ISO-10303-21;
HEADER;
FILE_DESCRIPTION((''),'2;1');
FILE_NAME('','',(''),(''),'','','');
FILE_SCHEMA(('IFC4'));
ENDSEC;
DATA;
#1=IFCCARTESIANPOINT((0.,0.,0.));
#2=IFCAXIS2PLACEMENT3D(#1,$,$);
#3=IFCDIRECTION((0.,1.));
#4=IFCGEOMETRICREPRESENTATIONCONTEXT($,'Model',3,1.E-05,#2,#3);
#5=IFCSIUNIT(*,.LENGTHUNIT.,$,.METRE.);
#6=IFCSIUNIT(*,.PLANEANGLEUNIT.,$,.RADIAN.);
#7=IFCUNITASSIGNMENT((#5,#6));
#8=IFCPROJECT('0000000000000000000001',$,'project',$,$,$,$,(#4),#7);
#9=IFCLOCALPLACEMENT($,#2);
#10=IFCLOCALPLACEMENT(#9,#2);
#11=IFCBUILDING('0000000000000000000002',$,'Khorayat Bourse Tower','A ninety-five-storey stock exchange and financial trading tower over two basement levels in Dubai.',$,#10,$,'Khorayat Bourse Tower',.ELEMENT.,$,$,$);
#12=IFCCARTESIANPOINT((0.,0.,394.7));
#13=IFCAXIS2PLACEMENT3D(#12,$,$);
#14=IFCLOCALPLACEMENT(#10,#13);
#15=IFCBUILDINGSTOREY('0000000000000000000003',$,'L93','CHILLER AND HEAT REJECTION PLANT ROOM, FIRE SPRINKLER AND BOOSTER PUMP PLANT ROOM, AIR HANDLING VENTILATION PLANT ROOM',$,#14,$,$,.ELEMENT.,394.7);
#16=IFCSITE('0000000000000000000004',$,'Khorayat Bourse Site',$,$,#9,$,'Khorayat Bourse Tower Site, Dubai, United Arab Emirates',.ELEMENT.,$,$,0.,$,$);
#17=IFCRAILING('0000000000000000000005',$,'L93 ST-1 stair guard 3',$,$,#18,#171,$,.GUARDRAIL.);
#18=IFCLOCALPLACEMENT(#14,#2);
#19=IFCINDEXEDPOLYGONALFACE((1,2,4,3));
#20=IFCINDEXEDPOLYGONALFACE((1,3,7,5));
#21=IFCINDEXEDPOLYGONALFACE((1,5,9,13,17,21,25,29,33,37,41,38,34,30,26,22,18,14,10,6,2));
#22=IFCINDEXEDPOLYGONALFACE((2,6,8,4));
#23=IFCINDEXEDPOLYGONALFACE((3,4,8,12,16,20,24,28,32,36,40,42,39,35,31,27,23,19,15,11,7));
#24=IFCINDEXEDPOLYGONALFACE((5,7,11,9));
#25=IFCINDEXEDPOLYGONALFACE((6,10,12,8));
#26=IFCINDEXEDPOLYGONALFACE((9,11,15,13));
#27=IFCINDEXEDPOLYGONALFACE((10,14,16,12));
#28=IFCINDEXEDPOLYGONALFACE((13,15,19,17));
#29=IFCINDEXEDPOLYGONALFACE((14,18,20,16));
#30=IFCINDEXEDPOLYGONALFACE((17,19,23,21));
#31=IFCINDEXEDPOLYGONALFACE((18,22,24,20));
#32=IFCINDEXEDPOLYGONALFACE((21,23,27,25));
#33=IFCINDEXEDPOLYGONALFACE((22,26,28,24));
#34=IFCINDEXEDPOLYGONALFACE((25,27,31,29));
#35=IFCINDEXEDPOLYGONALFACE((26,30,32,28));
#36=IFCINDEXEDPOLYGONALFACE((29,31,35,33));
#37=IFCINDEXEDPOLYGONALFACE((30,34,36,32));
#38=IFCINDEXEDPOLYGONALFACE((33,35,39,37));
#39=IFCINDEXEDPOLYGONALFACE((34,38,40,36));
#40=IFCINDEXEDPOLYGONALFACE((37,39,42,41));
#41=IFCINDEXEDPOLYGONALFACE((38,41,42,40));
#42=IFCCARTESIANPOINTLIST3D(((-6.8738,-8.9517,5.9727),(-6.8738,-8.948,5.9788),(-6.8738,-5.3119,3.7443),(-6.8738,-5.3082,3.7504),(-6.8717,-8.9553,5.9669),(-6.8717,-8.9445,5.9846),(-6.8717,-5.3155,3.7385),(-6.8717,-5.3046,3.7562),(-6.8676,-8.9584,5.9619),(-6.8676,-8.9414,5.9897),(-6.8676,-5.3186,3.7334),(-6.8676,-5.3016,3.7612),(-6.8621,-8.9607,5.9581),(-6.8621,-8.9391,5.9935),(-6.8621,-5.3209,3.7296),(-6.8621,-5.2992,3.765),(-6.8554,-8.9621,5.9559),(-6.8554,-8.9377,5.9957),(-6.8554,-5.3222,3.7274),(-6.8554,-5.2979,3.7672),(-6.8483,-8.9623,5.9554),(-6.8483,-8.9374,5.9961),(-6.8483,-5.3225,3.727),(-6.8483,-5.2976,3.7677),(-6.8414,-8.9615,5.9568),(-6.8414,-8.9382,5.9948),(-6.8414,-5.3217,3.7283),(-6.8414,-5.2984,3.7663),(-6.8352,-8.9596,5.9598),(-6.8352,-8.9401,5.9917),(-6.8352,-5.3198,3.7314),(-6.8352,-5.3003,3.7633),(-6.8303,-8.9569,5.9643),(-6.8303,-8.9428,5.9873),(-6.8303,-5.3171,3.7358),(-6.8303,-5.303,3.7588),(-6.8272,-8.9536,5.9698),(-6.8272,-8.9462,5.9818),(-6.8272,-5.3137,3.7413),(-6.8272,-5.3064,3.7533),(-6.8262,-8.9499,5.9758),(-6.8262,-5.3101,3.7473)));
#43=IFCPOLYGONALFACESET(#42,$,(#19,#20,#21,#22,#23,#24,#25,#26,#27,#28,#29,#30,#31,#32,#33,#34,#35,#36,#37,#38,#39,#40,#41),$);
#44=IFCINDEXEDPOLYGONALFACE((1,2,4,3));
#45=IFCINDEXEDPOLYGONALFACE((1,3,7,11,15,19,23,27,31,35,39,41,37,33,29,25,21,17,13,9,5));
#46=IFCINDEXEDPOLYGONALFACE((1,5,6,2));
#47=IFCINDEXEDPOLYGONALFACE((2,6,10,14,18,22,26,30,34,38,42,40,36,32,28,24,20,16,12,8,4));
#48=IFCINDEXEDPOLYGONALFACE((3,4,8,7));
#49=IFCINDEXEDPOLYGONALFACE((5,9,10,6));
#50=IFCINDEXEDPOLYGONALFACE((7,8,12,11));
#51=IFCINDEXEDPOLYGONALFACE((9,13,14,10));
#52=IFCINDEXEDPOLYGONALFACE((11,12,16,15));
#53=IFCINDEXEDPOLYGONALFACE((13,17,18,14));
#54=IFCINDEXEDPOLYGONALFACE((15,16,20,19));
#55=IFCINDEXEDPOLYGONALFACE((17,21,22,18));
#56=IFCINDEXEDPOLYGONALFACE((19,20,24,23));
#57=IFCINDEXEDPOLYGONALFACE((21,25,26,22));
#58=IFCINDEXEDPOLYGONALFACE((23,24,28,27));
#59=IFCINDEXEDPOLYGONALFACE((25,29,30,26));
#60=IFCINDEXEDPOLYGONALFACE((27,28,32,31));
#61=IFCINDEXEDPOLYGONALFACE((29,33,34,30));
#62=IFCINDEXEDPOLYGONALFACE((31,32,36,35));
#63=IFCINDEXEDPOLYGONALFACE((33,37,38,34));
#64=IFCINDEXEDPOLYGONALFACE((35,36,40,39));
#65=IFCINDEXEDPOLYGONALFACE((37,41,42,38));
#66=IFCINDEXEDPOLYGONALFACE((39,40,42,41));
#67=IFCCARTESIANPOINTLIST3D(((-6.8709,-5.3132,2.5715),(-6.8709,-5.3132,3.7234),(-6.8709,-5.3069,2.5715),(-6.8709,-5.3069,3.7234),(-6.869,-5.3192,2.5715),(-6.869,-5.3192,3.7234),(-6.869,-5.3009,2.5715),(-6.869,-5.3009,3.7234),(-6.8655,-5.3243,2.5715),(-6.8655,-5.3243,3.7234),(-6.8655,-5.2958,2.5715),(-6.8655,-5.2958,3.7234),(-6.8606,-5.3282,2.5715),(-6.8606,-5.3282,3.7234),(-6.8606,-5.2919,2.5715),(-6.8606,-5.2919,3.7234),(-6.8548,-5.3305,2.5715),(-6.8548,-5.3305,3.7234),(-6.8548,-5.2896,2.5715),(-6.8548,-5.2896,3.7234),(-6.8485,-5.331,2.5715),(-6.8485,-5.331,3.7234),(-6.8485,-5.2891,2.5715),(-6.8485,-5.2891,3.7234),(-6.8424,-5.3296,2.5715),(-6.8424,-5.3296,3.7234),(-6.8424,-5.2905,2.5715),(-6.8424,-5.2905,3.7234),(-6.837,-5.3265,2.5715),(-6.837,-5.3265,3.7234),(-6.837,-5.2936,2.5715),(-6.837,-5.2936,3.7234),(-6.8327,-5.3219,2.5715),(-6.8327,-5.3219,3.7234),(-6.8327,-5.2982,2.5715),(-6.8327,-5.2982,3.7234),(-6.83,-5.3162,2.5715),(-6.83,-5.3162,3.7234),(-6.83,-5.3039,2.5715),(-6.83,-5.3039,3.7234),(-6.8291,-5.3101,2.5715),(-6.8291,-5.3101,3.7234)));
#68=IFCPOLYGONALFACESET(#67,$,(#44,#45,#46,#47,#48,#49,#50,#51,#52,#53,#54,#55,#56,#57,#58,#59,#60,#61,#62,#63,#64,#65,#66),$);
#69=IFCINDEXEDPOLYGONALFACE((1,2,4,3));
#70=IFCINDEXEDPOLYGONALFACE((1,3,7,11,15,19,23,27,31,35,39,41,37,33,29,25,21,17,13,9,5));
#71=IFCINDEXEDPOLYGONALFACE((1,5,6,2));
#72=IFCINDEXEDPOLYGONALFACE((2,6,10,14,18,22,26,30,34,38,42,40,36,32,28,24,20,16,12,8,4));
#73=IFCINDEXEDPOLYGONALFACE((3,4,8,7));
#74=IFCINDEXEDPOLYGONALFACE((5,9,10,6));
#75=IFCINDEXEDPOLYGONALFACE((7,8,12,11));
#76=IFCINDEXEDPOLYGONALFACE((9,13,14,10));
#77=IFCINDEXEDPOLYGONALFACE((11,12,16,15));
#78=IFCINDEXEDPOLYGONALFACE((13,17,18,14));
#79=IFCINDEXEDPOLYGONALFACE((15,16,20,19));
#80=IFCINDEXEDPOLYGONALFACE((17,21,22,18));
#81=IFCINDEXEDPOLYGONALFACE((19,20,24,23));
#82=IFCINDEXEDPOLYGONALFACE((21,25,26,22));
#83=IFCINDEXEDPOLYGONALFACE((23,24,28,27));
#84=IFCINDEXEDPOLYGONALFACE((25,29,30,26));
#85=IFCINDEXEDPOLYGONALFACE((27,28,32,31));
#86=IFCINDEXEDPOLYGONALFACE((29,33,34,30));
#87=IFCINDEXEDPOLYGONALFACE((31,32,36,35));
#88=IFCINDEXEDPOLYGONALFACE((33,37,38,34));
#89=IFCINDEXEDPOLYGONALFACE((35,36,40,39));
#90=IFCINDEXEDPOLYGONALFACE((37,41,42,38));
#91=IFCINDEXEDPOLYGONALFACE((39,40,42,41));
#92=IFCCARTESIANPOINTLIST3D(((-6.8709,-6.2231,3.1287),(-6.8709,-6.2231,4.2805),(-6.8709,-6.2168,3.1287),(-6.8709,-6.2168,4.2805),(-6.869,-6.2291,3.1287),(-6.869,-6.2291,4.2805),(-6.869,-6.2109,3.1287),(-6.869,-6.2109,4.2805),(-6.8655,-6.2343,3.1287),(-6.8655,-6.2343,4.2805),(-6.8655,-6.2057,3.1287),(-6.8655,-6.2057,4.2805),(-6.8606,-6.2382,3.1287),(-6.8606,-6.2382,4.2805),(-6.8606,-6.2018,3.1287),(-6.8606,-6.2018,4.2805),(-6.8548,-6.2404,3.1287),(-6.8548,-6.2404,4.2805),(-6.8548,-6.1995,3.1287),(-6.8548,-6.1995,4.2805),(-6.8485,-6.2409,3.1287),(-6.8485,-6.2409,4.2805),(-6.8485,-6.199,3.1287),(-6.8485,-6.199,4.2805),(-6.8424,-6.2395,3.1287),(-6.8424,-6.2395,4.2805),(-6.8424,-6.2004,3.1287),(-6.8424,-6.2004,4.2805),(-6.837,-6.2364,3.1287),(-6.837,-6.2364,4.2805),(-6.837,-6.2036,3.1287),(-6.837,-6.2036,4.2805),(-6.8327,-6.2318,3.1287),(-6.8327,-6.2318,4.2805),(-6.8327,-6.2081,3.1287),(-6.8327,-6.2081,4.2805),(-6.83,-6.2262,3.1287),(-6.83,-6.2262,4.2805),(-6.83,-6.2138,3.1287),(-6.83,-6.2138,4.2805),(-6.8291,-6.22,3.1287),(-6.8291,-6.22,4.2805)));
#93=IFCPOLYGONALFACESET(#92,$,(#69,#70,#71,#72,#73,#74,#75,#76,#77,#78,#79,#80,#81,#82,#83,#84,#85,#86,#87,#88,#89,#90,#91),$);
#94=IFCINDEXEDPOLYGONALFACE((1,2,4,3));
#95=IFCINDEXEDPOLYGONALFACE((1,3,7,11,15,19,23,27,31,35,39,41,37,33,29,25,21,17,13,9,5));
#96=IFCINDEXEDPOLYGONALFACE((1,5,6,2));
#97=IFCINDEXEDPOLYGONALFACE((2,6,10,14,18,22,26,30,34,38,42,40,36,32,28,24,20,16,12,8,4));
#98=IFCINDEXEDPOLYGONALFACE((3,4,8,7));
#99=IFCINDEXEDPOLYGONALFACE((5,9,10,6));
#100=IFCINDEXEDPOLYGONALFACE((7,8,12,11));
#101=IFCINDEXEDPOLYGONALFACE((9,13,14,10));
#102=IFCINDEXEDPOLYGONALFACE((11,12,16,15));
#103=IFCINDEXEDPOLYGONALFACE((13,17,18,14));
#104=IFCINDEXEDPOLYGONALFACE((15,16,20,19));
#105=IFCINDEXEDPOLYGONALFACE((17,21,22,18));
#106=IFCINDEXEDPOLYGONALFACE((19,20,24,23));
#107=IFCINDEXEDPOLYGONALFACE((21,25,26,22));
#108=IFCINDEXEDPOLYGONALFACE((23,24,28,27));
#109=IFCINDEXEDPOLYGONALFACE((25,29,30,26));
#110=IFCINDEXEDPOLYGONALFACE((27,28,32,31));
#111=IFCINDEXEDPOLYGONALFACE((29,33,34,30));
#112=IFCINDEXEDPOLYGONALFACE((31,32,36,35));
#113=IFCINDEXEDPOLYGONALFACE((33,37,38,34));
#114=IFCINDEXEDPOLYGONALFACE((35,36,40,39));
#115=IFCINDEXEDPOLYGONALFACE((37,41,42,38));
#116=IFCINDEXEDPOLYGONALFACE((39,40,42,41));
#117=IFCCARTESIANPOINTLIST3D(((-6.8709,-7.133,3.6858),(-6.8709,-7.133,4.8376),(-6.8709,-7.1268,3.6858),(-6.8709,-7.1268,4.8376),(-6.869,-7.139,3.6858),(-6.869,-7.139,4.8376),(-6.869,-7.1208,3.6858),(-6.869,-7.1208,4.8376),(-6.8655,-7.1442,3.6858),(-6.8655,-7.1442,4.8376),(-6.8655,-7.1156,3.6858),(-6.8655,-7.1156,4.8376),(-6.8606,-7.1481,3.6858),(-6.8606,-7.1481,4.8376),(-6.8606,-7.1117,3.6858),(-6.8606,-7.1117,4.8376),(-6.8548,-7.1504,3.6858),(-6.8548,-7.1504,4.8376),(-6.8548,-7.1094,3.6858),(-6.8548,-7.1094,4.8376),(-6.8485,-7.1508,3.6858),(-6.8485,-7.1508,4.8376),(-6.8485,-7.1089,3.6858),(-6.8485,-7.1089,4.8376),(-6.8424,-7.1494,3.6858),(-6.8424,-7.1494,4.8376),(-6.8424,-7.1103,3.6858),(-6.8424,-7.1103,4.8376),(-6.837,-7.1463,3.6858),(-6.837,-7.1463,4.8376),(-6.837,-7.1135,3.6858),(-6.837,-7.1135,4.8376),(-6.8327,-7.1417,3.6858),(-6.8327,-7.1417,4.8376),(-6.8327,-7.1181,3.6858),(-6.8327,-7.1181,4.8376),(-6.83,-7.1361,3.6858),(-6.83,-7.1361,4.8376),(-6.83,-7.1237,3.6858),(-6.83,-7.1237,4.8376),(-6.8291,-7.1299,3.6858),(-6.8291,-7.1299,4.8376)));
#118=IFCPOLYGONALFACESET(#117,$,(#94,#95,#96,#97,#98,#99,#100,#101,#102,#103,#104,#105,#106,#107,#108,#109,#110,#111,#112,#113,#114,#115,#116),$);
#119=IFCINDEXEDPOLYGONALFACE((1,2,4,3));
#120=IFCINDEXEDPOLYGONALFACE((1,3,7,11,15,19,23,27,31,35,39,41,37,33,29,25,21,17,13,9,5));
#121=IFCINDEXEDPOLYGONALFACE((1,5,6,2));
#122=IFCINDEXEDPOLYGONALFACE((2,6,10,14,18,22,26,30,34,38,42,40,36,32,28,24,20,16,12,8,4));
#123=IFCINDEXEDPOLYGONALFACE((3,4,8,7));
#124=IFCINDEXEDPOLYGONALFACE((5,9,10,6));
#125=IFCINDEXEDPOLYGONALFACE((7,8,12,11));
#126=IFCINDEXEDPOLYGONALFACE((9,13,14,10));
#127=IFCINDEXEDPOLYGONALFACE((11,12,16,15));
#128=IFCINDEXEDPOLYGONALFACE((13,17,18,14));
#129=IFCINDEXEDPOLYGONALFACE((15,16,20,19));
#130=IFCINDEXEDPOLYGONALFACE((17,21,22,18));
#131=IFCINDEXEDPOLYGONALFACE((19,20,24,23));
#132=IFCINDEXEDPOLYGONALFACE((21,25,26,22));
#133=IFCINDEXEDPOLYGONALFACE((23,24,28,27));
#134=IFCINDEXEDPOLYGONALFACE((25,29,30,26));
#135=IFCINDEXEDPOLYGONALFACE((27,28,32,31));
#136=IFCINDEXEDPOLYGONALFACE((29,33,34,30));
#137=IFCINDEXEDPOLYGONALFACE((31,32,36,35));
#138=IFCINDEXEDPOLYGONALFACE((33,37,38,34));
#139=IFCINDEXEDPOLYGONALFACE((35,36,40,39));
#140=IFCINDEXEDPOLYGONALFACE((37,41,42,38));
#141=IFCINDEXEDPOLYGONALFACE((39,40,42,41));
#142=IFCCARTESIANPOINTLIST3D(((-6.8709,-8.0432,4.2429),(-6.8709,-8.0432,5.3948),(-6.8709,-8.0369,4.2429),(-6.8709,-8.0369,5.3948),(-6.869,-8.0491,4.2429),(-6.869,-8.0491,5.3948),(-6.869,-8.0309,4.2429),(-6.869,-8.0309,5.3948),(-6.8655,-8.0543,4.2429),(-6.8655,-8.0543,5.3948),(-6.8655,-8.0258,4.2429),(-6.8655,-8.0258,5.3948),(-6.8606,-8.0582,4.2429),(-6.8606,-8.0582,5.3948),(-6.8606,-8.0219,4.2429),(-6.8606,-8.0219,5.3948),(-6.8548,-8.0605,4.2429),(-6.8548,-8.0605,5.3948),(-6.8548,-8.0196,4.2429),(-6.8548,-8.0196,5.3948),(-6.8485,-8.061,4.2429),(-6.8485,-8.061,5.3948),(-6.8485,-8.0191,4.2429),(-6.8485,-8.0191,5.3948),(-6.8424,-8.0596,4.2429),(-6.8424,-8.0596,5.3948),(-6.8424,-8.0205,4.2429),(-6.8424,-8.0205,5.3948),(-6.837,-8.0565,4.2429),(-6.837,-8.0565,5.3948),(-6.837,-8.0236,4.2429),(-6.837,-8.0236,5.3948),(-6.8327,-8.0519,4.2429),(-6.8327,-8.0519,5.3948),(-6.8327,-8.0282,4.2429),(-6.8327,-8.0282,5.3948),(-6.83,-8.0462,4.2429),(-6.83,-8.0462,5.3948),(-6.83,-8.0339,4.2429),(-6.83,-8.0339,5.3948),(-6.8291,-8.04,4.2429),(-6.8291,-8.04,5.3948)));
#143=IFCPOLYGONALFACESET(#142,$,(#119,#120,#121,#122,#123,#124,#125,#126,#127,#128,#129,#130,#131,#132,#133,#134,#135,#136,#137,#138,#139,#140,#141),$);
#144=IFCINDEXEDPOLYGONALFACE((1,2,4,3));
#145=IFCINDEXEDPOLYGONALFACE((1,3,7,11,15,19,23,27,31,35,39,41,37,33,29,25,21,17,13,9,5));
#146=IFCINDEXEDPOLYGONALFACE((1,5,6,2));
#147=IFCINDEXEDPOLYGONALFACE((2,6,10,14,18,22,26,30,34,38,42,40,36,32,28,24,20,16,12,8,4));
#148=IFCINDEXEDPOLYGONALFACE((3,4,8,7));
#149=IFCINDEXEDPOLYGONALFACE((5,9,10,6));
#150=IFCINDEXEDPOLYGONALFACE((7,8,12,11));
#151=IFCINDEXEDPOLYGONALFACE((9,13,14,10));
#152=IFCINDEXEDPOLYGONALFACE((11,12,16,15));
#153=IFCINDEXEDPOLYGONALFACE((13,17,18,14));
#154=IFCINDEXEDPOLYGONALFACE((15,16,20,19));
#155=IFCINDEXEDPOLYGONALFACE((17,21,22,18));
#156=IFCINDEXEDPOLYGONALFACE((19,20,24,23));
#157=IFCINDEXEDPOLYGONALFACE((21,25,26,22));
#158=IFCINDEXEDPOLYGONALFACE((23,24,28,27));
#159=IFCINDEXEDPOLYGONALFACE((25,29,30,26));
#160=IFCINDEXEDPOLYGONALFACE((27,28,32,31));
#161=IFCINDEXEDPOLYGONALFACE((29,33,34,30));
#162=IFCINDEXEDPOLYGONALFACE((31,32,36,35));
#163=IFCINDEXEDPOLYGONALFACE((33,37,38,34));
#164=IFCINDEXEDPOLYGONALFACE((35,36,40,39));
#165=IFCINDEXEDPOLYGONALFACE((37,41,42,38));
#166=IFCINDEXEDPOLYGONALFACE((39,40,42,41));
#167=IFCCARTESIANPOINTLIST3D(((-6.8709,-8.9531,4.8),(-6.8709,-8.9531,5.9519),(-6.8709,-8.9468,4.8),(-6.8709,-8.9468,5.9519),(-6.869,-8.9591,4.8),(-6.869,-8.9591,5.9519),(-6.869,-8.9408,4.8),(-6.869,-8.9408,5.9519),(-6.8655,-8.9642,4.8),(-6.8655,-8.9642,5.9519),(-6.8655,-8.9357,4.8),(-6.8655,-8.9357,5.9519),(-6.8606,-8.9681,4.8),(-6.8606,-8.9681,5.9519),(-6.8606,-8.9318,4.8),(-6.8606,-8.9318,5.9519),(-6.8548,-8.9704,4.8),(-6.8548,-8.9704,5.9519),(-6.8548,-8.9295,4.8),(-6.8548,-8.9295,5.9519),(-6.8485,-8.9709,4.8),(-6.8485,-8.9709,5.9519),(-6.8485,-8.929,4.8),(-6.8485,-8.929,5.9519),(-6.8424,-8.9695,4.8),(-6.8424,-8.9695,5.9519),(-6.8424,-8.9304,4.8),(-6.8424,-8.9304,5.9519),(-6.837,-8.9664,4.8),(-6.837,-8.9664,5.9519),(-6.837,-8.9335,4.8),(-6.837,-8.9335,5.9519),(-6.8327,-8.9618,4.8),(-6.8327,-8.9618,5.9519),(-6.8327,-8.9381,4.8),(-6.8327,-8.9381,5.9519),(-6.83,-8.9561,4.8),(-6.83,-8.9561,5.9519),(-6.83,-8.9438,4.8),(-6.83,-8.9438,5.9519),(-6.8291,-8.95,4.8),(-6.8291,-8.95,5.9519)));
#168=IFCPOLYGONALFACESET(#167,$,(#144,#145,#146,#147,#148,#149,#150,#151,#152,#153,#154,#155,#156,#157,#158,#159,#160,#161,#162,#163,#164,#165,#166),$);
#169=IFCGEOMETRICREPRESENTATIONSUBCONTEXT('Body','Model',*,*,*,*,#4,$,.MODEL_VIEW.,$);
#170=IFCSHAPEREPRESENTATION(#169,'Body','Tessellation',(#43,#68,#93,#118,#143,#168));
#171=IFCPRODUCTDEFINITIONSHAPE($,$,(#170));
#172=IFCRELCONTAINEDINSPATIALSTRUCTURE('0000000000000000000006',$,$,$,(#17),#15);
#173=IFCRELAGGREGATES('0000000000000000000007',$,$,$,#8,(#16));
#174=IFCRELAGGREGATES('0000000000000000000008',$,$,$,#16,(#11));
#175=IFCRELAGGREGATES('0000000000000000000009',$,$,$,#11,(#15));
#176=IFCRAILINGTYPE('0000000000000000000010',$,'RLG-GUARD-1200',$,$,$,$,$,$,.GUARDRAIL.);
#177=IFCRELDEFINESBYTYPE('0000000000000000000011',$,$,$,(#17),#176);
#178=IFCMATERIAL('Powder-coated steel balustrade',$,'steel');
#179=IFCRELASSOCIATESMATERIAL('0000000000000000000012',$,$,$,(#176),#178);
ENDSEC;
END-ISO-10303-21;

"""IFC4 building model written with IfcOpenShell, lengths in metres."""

from ifc_helpers import new_model, si_unit, direction, frame, origin, origin_2d, place, context, subcontext, project, spatial, circle, extrude, source, transform, mapped, material, type_object, element, save


model = new_model("IFC4")

# Units and contexts
model_context = context("Model", 3, precision=1e-05, world=origin(), true_north=direction((0.0, 1.0)))
body_context = subcontext(model_context, "Body", "Model", "MODEL_VIEW")
ifc_project = project(units=[si_unit("LENGTHUNIT", "METRE"), si_unit("PLANEANGLEUNIT", "RADIAN")], contexts=[model_context])

# Site, building, storey
site_placement = place(None, origin())
site = spatial("IfcSite", under=ifc_project, at=site_placement, Name="Khorayat Bourse Site", LongName="Khorayat Bourse Tower Site, Dubai, United Arab Emirates", CompositionType="ELEMENT", RefElevation=0.0)
building_placement = place(site_placement, origin())
building = spatial("IfcBuilding", under=site, at=building_placement, Name="Khorayat Bourse Tower", Description="A ninety-five-storey stock exchange and financial trading tower over two basement levels in Dubai.", LongName="Khorayat Bourse Tower", CompositionType="ELEMENT")
storey_placement = place(building_placement, frame((0.0, 0.0, 394.7)))
storey = spatial("IfcBuildingStorey", under=building, at=storey_placement, Name="L93", Description="CHILLER AND HEAT REJECTION PLANT ROOM, FIRE SPRINKLER AND BOOSTER PUMP PLANT ROOM, AIR HANDLING VENTILATION PLANT ROOM", CompositionType="ELEMENT", Elevation=394.7)

# Railing
ifc_material_1 = material(Name="Powder-coated steel balustrade", Category="steel")
railing_type_1 = type_object("IfcRailingType", Name="RLG-GUARD-1200", PredefinedType="GUARDRAIL", material=ifc_material_1)
shared_shape_1 = source(origin(), body_context, "Body", "SweptSolid", [
    extrude(circle(Radius=0.0239, at=origin_2d()), frame((0.0, 0.0, 1.1758), z_axis=(0.0, -0.85285, 0.522156), x_axis=(1.0, 0.0, 0.0)), (0.0, 0.0, 1.0), 4.2678),
    extrude(circle(Radius=0.021, at=origin_2d()), origin(), (0.0, 0.0, 1.0), 1.1519),
    extrude(circle(Radius=0.021, at=origin_2d()), frame((0.0, -0.9099, 0.5571)), (0.0, 0.0, 1.0), 1.1519),
    extrude(circle(Radius=0.021, at=origin_2d()), frame((0.0, -1.8198, 1.1143)), (0.0, 0.0, 1.0), 1.1519),
    extrude(circle(Radius=0.021, at=origin_2d()), frame((0.0, -2.73, 1.6714)), (0.0, 0.0, 1.0), 1.1519),
    extrude(circle(Radius=0.021, at=origin_2d()), frame((0.0, -3.6399, 2.2285)), (0.0, 0.0, 1.0), 1.1519),
])
railing_1_placement = place(storey_placement, frame((-6.8501, -5.3101, 2.5715)))
element("IfcRailing", 1, at=railing_1_placement, inside=storey, type_object=railing_type_1, Name="L93 ST-1 stair guard 3", PredefinedType="GUARDRAIL", context=body_context, shape_type="MappedRepresentation", body=[
    mapped(shared_shape_1, transform((0.0, 0.0, 0.0), scale=1.0)),
])

save(model, "model.ifc")
